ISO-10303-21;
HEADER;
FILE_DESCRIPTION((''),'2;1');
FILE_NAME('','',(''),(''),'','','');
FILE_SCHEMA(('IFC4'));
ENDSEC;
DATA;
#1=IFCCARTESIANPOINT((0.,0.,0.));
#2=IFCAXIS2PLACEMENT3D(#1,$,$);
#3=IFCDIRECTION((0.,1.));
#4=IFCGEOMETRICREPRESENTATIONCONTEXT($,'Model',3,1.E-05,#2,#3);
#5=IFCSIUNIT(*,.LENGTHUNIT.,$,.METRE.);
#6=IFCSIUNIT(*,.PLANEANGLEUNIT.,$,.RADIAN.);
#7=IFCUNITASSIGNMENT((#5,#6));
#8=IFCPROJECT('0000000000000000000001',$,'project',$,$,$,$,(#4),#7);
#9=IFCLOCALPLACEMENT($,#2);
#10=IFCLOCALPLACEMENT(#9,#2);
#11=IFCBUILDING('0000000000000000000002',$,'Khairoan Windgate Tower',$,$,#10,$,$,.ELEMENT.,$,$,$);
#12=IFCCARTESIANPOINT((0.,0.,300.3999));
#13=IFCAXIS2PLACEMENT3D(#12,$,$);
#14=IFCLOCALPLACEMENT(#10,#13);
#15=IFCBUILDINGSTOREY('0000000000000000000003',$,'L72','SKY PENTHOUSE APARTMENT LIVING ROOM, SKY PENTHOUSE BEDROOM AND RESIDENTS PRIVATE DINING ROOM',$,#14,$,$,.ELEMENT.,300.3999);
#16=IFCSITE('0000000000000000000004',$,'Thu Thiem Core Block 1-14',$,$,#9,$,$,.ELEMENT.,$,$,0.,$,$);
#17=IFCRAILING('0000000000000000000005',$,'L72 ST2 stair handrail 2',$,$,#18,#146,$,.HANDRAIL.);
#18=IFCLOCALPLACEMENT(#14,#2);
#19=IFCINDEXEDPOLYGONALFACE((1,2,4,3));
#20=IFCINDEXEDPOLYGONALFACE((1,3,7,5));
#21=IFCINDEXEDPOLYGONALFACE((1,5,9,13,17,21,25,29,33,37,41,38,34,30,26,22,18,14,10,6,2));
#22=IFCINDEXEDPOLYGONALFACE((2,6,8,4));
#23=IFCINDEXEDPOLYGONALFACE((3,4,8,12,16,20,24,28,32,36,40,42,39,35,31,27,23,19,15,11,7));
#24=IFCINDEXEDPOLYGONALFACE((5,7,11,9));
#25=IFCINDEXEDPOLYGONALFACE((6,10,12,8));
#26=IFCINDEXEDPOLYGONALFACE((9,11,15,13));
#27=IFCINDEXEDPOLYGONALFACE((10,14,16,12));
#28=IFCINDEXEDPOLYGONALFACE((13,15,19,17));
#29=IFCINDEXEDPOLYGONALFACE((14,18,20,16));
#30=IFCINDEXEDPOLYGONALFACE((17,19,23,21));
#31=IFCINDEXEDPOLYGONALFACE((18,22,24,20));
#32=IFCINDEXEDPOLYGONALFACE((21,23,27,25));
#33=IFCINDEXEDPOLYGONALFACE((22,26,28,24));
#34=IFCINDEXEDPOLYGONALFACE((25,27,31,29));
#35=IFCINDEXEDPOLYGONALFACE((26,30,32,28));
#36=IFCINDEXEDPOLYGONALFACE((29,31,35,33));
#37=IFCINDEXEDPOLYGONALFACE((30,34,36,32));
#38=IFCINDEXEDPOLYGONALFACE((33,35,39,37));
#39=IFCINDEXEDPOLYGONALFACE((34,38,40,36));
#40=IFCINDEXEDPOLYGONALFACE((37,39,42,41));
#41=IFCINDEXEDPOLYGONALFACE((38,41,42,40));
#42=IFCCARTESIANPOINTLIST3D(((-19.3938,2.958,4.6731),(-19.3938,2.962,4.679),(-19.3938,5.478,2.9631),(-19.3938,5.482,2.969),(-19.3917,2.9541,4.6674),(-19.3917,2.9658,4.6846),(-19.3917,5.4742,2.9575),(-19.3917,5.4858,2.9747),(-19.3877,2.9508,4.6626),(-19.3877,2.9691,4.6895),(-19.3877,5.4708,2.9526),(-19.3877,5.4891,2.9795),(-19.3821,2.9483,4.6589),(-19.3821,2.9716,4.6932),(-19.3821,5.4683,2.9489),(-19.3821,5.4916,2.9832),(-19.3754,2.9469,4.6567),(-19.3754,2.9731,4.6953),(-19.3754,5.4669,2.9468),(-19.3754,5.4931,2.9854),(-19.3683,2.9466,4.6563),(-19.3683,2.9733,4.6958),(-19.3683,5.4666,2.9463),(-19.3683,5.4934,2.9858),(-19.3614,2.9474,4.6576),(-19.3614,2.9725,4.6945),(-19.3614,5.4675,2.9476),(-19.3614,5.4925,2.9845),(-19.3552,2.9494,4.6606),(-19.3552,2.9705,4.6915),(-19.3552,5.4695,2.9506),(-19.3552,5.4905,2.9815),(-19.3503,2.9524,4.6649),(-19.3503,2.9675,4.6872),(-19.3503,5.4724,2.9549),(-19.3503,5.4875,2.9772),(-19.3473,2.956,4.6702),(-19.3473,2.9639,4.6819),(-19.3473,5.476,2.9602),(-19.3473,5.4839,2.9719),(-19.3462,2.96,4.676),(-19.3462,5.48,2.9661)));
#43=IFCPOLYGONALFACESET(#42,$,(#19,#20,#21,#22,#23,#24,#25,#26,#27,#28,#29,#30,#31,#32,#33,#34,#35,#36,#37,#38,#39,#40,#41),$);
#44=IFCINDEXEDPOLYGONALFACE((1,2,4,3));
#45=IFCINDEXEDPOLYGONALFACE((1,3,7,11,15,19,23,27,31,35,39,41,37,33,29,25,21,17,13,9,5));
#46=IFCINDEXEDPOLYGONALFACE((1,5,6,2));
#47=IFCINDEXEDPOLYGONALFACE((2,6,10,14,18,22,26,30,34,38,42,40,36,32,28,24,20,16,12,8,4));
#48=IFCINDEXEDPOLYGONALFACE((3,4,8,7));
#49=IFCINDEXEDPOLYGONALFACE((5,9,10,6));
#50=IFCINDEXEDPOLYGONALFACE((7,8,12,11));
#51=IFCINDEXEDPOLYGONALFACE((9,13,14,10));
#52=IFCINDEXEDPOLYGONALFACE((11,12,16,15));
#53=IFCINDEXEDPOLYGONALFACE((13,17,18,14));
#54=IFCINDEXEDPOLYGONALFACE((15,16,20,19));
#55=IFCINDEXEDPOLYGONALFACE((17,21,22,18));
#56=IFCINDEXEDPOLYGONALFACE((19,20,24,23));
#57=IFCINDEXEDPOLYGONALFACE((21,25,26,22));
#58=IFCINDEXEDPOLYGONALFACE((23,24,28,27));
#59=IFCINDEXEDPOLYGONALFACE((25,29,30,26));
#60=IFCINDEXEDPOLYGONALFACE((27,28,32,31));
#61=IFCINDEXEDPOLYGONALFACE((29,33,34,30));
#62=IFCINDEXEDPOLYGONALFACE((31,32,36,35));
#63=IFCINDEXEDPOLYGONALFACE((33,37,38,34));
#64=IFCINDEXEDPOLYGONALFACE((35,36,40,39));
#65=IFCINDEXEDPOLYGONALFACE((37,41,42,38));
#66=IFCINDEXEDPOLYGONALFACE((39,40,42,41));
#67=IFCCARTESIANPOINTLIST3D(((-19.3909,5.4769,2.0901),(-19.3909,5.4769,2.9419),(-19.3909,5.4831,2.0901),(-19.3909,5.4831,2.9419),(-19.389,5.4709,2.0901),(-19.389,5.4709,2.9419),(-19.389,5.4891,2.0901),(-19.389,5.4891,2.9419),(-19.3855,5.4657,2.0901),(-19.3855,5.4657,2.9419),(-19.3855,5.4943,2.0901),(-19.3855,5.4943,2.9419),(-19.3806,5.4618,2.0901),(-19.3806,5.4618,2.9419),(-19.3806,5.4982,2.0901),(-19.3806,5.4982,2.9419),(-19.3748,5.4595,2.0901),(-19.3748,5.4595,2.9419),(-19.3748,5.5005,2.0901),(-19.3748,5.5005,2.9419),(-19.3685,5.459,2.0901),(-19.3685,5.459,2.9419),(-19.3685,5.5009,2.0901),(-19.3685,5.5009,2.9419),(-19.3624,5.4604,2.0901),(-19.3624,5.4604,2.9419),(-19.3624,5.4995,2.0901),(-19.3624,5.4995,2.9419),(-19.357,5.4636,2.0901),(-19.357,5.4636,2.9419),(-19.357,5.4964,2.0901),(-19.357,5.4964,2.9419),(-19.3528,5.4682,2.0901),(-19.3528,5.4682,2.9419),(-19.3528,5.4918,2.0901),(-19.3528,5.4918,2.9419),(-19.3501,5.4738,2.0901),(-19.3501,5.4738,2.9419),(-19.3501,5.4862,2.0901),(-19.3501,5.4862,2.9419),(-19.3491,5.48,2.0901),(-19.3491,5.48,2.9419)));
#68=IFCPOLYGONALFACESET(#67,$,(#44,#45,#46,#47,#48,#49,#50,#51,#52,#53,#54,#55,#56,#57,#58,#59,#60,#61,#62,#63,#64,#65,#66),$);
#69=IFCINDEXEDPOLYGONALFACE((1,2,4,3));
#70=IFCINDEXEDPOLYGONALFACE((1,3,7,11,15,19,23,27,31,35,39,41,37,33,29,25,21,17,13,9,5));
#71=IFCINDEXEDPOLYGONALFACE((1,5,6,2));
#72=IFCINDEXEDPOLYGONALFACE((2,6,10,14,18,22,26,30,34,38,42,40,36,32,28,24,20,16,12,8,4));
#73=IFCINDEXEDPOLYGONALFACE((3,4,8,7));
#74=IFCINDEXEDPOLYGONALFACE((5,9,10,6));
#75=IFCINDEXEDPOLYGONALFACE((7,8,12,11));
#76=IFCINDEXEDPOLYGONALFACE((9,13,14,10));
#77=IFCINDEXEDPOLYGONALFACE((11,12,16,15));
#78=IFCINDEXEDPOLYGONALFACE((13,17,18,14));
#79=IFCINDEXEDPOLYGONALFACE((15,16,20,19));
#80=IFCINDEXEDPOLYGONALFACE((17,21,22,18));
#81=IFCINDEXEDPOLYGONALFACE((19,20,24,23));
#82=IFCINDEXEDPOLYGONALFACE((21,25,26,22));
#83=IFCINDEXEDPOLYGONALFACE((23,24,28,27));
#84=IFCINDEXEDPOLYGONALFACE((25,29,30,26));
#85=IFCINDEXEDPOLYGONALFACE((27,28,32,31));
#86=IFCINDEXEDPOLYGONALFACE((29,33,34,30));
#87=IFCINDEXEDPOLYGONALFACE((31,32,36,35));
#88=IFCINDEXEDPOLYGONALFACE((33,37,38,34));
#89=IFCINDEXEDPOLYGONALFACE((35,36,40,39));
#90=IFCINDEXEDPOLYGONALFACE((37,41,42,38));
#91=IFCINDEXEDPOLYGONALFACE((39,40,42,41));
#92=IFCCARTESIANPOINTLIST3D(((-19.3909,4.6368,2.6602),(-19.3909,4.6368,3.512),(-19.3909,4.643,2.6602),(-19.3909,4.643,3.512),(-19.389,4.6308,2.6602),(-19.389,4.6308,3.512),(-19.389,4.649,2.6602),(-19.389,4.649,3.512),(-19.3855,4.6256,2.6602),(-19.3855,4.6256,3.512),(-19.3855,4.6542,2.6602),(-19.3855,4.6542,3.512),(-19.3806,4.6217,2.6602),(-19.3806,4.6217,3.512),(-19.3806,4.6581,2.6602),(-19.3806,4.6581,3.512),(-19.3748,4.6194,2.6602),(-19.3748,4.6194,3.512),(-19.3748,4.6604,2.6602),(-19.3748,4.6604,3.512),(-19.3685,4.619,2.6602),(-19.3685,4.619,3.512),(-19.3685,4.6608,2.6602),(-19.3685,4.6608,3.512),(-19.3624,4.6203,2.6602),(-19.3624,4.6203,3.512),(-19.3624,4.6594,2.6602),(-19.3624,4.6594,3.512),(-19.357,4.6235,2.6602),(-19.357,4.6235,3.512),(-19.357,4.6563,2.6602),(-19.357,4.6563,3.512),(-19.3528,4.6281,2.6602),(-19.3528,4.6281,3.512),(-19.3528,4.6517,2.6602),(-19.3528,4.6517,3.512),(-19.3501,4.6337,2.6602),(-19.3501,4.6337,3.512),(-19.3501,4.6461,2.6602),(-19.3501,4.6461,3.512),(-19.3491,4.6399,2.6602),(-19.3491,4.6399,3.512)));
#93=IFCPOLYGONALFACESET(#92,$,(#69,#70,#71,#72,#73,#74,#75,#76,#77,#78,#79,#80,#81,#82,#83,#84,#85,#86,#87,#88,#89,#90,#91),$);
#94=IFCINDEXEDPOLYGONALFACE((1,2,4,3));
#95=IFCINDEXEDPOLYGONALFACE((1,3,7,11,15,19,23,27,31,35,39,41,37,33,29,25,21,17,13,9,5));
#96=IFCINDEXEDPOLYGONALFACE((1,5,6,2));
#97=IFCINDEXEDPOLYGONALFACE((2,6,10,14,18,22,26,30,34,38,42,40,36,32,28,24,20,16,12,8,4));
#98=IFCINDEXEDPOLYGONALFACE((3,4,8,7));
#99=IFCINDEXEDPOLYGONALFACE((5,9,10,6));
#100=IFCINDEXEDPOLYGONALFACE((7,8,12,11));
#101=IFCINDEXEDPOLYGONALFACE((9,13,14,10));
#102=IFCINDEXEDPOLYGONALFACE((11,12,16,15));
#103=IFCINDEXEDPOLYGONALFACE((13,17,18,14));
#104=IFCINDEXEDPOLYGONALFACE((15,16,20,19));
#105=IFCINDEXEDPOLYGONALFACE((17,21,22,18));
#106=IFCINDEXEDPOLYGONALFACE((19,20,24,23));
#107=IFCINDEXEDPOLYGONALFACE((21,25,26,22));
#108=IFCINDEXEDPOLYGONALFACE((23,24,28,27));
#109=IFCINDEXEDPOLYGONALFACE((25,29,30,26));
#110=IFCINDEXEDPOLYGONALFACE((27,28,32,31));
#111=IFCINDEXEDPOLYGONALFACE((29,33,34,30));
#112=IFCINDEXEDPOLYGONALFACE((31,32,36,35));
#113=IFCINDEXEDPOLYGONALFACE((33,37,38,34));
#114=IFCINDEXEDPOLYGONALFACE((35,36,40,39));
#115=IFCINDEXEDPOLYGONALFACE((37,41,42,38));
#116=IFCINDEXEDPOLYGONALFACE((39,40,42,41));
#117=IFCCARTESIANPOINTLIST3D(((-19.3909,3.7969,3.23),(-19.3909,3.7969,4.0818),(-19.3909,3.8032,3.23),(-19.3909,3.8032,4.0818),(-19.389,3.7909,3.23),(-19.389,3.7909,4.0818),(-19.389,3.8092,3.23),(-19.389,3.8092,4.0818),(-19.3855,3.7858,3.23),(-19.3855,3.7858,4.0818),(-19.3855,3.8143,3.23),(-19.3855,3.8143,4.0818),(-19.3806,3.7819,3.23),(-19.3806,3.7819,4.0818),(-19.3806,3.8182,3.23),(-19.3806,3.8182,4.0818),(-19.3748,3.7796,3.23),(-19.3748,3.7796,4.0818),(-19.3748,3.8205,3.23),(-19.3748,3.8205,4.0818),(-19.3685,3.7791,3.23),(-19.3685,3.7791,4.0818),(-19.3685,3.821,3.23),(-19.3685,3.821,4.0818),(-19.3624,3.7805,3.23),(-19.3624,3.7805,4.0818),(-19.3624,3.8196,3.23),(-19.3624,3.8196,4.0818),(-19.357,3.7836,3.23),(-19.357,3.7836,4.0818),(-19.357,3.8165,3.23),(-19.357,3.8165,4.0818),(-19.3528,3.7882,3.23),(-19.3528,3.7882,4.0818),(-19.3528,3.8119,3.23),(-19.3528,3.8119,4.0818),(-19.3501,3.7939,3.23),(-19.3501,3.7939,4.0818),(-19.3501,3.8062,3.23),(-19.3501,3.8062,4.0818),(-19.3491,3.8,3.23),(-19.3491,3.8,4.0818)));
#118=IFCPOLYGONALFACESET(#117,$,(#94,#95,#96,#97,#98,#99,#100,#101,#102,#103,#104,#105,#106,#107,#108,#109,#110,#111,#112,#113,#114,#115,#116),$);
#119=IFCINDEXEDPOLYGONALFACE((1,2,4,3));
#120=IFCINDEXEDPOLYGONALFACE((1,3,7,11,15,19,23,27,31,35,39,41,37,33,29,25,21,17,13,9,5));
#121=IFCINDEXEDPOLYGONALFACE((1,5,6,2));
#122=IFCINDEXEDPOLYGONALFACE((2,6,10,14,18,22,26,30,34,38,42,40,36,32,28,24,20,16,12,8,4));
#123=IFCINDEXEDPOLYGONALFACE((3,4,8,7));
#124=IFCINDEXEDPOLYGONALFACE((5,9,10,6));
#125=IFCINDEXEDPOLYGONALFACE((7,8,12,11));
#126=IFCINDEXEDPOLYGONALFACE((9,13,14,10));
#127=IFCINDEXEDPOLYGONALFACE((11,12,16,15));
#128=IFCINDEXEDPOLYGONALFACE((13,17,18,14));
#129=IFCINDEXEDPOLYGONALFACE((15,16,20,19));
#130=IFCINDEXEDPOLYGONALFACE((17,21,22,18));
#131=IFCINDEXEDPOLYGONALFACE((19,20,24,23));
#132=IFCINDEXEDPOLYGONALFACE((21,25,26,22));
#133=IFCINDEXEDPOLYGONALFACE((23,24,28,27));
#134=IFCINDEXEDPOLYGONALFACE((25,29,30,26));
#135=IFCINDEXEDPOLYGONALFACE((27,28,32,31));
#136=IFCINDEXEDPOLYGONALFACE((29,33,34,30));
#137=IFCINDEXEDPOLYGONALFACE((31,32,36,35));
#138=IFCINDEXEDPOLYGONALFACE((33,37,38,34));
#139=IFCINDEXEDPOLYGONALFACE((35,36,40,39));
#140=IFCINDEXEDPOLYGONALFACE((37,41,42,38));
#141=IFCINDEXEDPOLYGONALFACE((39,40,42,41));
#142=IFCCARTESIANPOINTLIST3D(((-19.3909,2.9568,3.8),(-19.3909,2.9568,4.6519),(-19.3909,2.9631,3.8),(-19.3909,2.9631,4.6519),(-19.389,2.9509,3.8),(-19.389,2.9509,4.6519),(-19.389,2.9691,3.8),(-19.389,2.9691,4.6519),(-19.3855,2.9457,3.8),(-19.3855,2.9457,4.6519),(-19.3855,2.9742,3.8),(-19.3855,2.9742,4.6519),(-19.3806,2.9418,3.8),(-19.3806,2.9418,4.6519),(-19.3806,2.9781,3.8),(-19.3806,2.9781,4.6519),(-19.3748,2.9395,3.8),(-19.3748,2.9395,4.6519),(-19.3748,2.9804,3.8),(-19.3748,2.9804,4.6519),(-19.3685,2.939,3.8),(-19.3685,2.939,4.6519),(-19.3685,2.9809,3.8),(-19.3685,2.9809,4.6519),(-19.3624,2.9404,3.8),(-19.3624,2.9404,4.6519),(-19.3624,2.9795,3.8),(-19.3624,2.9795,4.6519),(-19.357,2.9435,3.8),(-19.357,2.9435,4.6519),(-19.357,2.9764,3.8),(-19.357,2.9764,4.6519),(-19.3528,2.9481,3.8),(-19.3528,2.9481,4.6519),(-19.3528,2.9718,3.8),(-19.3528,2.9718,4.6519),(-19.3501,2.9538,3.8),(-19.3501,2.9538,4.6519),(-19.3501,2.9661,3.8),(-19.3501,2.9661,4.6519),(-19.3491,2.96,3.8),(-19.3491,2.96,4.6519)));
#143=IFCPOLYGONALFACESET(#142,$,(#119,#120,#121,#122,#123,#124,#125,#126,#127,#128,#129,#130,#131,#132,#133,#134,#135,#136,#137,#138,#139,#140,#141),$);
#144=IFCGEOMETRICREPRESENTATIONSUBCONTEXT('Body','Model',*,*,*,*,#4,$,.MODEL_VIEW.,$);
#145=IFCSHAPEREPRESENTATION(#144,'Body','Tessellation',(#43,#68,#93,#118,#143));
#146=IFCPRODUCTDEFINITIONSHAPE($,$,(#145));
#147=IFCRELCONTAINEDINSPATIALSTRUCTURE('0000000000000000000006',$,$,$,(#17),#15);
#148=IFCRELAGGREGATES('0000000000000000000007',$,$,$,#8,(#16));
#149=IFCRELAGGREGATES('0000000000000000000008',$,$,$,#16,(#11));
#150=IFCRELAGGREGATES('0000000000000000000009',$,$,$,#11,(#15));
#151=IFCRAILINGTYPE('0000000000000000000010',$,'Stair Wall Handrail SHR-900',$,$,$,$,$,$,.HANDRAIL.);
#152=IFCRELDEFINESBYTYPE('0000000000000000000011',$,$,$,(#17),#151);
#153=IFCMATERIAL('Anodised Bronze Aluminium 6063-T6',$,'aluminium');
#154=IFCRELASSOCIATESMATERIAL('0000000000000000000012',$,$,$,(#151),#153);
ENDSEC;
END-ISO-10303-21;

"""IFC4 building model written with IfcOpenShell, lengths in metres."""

from ifc_helpers import new_model, si_unit, direction, frame, origin, origin_2d, place, context, subcontext, project, spatial, circle, extrude, material, type_object, element, save


model = new_model("IFC4")

# Units and contexts
model_context = context("Model", 3, precision=1e-05, world=origin(), true_north=direction((0.0, 1.0)))
body_context = subcontext(model_context, "Body", "Model", "MODEL_VIEW")
ifc_project = project(units=[si_unit("LENGTHUNIT", "METRE"), si_unit("PLANEANGLEUNIT", "RADIAN")], contexts=[model_context])

# Site, building, storey
site_placement = place(None, origin())
site = spatial("IfcSite", under=ifc_project, at=site_placement, Name="Thu Thiem Core Block 1-14", CompositionType="ELEMENT", RefElevation=0.0)
building_placement = place(site_placement, origin())
building = spatial("IfcBuilding", under=site, at=building_placement, Name="Khairoan Windgate Tower", CompositionType="ELEMENT")
storey_placement = place(building_placement, frame((0.0, 0.0, 300.3999)))
storey = spatial("IfcBuildingStorey", under=building, at=storey_placement, Name="L72", Description="SKY PENTHOUSE APARTMENT LIVING ROOM, SKY PENTHOUSE BEDROOM AND RESIDENTS PRIVATE DINING ROOM", CompositionType="ELEMENT", Elevation=300.3999)

# Railing
ifc_material_1 = material(Name="Anodised Bronze Aluminium 6063-T6", Category="aluminium")
railing_type_1 = type_object("IfcRailingType", Name="Stair Wall Handrail SHR-900", PredefinedType="HANDRAIL", material=ifc_material_1)
railing_1_placement = place(storey_placement, frame((-19.3701, 5.48, 2.0901)))
element("IfcRailing", 1, at=railing_1_placement, inside=storey, type_object=railing_type_1, Name="L72 ST2 stair handrail 2", PredefinedType="HANDRAIL", context=body_context, shape_type="SweptSolid", body=[
    extrude(circle(Radius=0.0239, at=origin_2d()), frame((0.0, 0.0, 0.876), z_axis=(0.0, -0.827484, 0.56149), x_axis=(1.0, 0.0, 0.0)), (0.0, 0.0, 1.0), 3.0454),
    extrude(circle(Radius=0.021, at=origin_2d()), origin(), (0.0, 0.0, 1.0), 0.8518),
    extrude(circle(Radius=0.021, at=origin_2d()), frame((0.0, -0.8401, 0.5701)), (0.0, 0.0, 1.0), 0.8518),
    extrude(circle(Radius=0.021, at=origin_2d()), frame((0.0, -1.6799, 1.1399)), (0.0, 0.0, 1.0), 0.8518),
    extrude(circle(Radius=0.021, at=origin_2d()), frame((0.0, -2.52, 1.71)), (0.0, 0.0, 1.0), 0.8518),
])

save(model, "model.ifc")
